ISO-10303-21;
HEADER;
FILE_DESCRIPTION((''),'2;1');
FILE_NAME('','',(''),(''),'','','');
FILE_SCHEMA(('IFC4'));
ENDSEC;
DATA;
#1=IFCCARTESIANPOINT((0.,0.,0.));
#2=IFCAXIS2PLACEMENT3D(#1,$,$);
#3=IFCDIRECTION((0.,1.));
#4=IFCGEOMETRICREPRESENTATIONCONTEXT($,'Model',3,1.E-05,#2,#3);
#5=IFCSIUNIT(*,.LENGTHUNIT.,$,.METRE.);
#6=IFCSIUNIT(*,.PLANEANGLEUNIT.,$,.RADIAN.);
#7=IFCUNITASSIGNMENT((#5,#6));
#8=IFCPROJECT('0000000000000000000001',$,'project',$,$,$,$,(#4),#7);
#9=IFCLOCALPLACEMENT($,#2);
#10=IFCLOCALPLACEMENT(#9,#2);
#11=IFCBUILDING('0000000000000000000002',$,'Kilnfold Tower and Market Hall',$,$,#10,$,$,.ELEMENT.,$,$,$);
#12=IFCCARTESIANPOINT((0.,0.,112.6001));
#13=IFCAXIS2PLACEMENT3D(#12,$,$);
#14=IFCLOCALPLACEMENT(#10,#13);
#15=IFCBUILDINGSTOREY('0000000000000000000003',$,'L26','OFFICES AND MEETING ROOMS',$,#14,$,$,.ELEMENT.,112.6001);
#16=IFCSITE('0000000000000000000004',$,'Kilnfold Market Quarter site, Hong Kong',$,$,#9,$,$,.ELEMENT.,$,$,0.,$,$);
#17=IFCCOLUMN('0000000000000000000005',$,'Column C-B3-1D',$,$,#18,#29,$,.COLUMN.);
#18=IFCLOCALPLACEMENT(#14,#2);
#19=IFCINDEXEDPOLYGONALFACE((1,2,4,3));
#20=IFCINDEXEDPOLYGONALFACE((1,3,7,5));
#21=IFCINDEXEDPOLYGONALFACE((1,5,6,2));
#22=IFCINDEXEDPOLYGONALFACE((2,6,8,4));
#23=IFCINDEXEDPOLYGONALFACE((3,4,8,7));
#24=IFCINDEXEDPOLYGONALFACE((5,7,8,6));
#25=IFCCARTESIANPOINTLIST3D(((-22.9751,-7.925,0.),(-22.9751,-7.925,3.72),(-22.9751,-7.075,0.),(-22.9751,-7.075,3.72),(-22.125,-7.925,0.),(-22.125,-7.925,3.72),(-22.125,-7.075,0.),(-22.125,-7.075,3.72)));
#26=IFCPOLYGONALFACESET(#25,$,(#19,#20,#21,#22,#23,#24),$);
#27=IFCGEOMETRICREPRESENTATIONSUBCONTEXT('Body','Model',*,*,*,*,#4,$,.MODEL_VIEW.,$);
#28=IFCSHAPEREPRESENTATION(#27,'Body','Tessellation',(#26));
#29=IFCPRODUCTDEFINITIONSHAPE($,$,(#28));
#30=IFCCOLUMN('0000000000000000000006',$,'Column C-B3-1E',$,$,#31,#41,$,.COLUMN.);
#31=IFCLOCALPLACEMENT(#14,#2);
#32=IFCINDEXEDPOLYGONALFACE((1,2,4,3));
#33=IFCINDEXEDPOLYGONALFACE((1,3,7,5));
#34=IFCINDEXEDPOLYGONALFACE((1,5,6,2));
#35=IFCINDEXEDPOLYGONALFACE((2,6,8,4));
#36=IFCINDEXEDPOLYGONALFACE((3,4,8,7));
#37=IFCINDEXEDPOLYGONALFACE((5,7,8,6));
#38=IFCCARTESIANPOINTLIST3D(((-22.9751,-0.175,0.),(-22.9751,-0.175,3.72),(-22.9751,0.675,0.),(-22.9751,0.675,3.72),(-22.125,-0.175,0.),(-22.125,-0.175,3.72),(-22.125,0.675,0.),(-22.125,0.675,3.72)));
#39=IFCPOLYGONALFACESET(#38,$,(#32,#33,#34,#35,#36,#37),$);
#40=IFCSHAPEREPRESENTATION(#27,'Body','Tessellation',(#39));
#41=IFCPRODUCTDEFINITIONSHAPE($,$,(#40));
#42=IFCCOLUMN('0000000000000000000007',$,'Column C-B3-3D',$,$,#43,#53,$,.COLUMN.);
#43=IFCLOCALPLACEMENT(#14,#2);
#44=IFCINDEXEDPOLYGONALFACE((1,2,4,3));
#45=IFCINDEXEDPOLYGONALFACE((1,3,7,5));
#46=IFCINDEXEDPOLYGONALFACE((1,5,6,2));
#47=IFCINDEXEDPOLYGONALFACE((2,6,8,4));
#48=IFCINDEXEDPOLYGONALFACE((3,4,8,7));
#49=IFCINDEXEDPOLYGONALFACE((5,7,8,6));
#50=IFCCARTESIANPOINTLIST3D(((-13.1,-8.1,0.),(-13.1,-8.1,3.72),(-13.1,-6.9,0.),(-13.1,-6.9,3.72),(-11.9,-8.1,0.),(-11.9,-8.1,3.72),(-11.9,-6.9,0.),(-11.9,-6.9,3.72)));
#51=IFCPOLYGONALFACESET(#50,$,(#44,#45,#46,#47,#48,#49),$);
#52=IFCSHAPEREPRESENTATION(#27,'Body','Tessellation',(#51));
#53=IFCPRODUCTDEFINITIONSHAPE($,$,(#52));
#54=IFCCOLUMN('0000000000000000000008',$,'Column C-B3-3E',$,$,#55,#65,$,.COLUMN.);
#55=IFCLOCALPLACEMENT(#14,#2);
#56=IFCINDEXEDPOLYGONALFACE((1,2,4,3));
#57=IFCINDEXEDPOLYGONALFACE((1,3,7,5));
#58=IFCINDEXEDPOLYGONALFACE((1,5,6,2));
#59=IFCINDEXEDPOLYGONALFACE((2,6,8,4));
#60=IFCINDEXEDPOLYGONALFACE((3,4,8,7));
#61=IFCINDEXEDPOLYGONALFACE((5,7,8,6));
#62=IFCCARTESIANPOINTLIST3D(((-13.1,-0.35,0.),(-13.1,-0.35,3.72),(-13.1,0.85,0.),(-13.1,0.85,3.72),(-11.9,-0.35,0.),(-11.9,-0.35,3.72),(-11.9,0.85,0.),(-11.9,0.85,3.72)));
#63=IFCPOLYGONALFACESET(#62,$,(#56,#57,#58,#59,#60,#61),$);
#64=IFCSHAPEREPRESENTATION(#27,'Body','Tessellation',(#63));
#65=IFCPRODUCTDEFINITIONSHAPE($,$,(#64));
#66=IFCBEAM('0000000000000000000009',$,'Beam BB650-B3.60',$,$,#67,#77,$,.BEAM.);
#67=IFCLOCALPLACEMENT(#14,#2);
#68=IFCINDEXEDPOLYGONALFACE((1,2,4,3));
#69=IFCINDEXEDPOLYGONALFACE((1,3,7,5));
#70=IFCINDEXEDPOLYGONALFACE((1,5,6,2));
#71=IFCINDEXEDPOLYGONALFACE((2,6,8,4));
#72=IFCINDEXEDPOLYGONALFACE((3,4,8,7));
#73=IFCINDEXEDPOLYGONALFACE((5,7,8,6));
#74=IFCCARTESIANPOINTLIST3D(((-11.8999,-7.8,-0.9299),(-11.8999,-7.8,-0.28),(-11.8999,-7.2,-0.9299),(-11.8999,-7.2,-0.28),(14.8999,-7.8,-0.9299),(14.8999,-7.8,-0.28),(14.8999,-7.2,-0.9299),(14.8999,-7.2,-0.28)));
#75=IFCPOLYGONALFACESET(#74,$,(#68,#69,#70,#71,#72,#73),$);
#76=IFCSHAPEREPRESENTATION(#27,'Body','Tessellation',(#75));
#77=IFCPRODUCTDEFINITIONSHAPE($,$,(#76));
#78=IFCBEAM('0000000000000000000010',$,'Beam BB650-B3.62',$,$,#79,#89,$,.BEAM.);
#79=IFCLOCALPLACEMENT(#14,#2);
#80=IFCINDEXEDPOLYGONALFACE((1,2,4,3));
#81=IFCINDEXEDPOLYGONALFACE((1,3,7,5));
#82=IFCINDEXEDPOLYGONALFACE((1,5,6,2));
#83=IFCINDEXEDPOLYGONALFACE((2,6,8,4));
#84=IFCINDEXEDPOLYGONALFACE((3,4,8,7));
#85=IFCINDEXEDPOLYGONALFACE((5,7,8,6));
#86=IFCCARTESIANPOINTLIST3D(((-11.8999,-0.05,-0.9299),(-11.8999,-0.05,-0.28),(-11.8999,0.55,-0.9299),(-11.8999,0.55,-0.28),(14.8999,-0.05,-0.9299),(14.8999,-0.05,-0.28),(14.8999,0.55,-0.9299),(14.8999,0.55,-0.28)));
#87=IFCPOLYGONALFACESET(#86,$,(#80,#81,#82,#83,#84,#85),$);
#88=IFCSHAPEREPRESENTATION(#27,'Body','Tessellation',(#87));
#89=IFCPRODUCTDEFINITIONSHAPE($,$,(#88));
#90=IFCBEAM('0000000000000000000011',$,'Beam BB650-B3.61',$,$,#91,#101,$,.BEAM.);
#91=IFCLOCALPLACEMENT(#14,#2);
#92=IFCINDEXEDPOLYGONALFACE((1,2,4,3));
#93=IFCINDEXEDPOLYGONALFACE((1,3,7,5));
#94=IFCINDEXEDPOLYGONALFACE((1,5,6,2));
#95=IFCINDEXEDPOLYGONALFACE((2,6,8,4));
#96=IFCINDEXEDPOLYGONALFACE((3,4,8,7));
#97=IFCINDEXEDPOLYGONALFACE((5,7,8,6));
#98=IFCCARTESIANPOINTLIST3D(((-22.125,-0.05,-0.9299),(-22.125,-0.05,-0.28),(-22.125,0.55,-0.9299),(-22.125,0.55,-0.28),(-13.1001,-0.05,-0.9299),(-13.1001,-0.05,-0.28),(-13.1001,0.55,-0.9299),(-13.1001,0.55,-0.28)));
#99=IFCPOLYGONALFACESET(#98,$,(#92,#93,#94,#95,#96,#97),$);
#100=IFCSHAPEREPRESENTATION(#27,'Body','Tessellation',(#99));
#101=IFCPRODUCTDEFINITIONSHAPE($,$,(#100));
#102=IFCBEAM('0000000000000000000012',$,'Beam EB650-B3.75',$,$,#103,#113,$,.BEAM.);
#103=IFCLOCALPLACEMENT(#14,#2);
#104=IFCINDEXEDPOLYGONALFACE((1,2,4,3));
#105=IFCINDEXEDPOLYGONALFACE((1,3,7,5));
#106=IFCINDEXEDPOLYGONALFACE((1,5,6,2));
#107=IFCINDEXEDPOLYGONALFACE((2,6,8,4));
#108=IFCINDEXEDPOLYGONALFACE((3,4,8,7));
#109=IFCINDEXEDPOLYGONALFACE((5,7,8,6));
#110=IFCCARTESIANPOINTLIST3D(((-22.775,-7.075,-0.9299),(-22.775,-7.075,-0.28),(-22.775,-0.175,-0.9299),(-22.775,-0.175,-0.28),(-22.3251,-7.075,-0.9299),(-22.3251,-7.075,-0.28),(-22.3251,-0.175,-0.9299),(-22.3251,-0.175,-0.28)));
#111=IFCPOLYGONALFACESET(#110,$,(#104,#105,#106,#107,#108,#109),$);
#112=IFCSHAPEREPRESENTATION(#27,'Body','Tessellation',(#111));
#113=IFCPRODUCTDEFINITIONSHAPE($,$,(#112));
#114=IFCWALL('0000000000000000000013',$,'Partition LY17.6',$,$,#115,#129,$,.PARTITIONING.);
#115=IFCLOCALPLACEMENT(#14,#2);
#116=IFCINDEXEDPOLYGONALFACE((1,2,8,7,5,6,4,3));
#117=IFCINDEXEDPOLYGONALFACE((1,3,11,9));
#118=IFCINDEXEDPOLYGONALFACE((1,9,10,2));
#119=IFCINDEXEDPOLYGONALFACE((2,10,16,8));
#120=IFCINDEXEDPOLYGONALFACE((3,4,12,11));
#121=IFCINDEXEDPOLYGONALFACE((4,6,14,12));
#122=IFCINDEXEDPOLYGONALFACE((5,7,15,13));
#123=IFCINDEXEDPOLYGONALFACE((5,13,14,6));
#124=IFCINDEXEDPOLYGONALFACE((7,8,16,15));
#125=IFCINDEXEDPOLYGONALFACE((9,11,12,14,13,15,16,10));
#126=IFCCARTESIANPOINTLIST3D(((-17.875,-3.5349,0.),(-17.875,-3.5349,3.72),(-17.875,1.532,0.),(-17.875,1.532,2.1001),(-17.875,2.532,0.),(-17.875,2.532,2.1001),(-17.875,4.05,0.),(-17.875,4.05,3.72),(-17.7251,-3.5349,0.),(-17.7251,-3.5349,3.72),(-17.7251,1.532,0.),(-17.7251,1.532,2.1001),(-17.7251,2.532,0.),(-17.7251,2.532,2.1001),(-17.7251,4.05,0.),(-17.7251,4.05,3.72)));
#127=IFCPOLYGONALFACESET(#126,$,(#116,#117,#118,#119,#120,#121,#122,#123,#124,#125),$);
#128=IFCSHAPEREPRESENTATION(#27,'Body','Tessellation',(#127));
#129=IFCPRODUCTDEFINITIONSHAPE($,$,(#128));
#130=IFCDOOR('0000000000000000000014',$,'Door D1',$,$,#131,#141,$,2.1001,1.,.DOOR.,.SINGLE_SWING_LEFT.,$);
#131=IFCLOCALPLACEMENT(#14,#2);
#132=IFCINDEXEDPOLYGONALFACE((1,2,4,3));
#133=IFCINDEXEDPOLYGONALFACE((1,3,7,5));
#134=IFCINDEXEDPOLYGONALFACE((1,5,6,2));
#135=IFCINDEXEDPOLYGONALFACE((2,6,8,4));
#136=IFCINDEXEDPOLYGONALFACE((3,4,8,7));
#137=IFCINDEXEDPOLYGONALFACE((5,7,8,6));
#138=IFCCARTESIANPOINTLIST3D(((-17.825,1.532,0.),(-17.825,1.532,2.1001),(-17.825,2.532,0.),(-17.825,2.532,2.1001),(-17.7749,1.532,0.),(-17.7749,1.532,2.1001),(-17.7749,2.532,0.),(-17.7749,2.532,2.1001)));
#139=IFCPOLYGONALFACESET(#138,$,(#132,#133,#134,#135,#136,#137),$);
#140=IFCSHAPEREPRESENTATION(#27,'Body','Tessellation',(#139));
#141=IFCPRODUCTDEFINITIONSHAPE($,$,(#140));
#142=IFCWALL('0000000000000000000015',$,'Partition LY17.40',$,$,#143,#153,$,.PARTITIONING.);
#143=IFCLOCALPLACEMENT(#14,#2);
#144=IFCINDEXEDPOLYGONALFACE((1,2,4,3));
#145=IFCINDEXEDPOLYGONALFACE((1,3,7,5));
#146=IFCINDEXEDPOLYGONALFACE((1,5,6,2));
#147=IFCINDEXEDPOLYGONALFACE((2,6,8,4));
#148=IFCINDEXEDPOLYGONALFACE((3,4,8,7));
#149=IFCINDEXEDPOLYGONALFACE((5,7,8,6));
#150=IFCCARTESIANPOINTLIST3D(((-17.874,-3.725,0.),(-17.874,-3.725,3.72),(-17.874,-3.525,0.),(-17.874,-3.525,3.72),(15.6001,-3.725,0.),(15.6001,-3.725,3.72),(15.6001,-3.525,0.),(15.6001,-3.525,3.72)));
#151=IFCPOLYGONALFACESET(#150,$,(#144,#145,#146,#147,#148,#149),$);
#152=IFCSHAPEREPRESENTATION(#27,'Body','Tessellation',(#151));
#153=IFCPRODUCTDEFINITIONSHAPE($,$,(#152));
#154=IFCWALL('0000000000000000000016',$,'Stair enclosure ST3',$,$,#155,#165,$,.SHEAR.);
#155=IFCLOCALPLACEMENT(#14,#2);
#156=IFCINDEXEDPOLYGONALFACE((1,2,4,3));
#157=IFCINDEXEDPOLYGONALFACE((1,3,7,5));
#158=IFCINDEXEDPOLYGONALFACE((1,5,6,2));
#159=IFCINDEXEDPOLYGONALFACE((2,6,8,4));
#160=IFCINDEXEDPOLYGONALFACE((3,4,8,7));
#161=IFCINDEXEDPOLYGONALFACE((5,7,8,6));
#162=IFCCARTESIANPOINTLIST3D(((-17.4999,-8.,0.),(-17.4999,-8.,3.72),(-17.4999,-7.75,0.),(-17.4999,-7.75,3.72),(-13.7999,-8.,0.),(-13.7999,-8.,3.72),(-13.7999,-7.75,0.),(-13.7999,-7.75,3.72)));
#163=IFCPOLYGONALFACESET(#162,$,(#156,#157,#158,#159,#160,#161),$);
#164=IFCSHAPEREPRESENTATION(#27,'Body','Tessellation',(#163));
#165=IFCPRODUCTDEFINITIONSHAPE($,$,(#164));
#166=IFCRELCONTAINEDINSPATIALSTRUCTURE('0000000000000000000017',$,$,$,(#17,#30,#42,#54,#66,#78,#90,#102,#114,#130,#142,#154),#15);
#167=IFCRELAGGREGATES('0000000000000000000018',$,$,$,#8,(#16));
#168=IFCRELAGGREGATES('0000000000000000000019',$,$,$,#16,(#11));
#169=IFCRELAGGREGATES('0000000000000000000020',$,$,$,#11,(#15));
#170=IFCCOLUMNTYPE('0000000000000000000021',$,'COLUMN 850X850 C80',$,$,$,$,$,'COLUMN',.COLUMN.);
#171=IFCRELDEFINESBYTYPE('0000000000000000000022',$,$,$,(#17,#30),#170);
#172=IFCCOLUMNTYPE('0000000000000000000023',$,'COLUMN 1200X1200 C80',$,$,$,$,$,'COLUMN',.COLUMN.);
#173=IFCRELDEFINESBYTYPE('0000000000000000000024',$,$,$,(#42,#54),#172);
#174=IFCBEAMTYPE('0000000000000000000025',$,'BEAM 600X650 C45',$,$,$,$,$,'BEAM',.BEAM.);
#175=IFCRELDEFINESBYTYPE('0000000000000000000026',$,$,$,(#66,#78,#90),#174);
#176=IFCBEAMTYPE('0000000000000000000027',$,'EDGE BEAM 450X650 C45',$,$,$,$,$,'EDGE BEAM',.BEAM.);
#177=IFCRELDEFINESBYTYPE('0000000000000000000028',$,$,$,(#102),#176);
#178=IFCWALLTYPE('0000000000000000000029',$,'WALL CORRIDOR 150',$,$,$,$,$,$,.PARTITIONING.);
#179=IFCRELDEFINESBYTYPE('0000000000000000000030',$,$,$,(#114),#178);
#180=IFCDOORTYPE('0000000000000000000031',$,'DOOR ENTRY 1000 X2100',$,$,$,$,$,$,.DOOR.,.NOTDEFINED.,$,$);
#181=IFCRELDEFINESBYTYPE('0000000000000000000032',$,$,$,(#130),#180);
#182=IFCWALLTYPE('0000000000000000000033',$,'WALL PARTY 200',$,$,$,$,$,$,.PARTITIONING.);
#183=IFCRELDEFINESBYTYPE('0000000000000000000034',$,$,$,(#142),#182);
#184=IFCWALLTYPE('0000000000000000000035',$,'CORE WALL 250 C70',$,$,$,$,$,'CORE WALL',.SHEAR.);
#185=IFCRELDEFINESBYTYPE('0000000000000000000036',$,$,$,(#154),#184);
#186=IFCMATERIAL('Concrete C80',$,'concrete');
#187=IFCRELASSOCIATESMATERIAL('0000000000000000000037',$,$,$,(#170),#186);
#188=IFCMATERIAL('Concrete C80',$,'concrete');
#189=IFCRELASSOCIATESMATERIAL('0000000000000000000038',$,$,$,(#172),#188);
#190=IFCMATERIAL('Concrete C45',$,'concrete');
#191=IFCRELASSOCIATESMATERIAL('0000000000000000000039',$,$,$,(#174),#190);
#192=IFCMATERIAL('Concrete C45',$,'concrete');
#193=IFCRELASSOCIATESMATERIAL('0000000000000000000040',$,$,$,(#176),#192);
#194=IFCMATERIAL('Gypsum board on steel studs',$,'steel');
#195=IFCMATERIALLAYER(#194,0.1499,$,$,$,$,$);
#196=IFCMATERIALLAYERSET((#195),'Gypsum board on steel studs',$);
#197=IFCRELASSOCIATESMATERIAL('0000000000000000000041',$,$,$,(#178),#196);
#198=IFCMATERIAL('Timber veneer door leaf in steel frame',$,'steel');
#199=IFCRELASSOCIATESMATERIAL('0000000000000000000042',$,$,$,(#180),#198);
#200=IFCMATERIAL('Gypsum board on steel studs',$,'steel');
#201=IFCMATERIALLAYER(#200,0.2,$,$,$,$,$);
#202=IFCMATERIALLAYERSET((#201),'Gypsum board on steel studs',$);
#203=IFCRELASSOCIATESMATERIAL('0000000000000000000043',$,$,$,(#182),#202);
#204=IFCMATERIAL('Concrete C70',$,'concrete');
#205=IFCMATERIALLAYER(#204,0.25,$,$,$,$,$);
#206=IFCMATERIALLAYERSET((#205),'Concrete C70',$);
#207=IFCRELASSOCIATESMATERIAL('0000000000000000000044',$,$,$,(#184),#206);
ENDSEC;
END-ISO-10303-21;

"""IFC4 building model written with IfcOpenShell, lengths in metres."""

from ifc_helpers import new_model, si_unit, direction, frame, frame_2d, origin, origin_2d, place, context, subcontext, project, spatial, rectangle, extrude, source, transform, mapped, material, layer, layer_set, material_profile, profile_set, type_object, element, fill, save


model = new_model("IFC4")

# Units and contexts
model_context = context("Model", 3, precision=1e-05, world=origin(), true_north=direction((0.0, 1.0)))
body_context = subcontext(model_context, "Body", "Model", "MODEL_VIEW")
ifc_project = project(units=[si_unit("LENGTHUNIT", "METRE"), si_unit("PLANEANGLEUNIT", "RADIAN")], contexts=[model_context])

# Site, building, storey
site_placement = place(None, origin())
site = spatial("IfcSite", under=ifc_project, at=site_placement, Name="Kilnfold Market Quarter site, Hong Kong", CompositionType="ELEMENT", RefElevation=0.0)
building_placement = place(site_placement, origin())
building = spatial("IfcBuilding", under=site, at=building_placement, Name="Kilnfold Tower and Market Hall", CompositionType="ELEMENT")
storey_placement = place(building_placement, frame((0.0, 0.0, 112.6001)))
storey = spatial("IfcBuildingStorey", under=building, at=storey_placement, Name="L26", Description="OFFICES AND MEETING ROOMS", CompositionType="ELEMENT", Elevation=112.6001)

# Columns
ifc_material_1 = material(Name="Concrete C80", Category="concrete")
ifc_material_profile_1 = material_profile(ifc_material_1, rectangle(XDim=0.8501, YDim=0.8501, at=origin_2d()), Name="RC 850x850")
ifc_profile_set_1 = profile_set([ifc_material_profile_1], Name="Concrete C80")
column_type_1 = type_object("IfcColumnType", Name="COLUMN 850X850 C80", ElementType="COLUMN", PredefinedType="COLUMN", material=ifc_profile_set_1)
shared_shape_1 = source(origin(), body_context, "Body", "SweptSolid", [
    extrude(rectangle(XDim=0.8501, YDim=0.8501, at=origin_2d()), origin(), (0.0, 0.0, 1.0), 3.72),
])
for number, where, z_axis, x_axis, name in (
    (1, (-22.55, -7.5, 0.0), (0.0, 0.0, 1.0), (1.0, 0.0, 0.0), "Column C-B3-1D"),
    (2, (-22.55, 0.25, 0.0), (0.0, 0.0, 1.0), (1.0, 0.0, 0.0), "Column C-B3-1E"),
):
    element("IfcColumn", number, at=place(storey_placement, frame(where, z_axis=z_axis, x_axis=x_axis)), inside=storey, type_object=column_type_1, Name=name, PredefinedType="COLUMN", context=body_context, shape_type="MappedRepresentation", body=[
        mapped(shared_shape_1, transform((0.0, 0.0, 0.0))),
    ])
ifc_material_2 = material(Name="Concrete C80", Category="concrete")
ifc_material_profile_2 = material_profile(ifc_material_2, rectangle(XDim=1.2, YDim=1.2, at=origin_2d()), Name="RC 1200x1200")
ifc_profile_set_2 = profile_set([ifc_material_profile_2], Name="Concrete C80")
column_type_2 = type_object("IfcColumnType", Name="COLUMN 1200X1200 C80", ElementType="COLUMN", PredefinedType="COLUMN", material=ifc_profile_set_2)
shared_shape_2 = source(origin(), body_context, "Body", "SweptSolid", [
    extrude(rectangle(XDim=1.2, YDim=1.2, at=origin_2d()), origin(), (0.0, 0.0, 1.0), 3.72),
])
for number, where, z_axis, x_axis, name in (
    (3, (-12.5, -7.5, 0.0), (0.0, 0.0, 1.0), (1.0, 0.0, 0.0), "Column C-B3-3D"),
    (4, (-12.5, 0.25, 0.0), (0.0, 0.0, 1.0), (1.0, 0.0, 0.0), "Column C-B3-3E"),
):
    element("IfcColumn", number, at=place(storey_placement, frame(where, z_axis=z_axis, x_axis=x_axis)), inside=storey, type_object=column_type_2, Name=name, PredefinedType="COLUMN", context=body_context, shape_type="MappedRepresentation", body=[
        mapped(shared_shape_2, transform((0.0, 0.0, 0.0))),
    ])

# Beams
ifc_material_3 = material(Name="Concrete C45", Category="concrete")
ifc_material_profile_3 = material_profile(ifc_material_3, rectangle(XDim=0.6001, YDim=0.6499, at=origin_2d()), Name="RC 600x650")
ifc_profile_set_3 = profile_set([ifc_material_profile_3], Name="Concrete C45")
beam_type_1 = type_object("IfcBeamType", Name="BEAM 600X650 C45", ElementType="BEAM", PredefinedType="BEAM", material=ifc_profile_set_3)
shared_shape_3 = source(origin(), body_context, "Body", "SweptSolid", [
    extrude(rectangle(XDim=0.6001, YDim=0.6499, at=origin_2d()), origin(), (0.0, 0.0, 1.0), 26.7998),
])
for number, where, z_axis, x_axis, name in (
    (5, (-11.8999, -7.5, -0.605), (1.0, 0.0, 0.0), (0.0, 1.0, 0.0), "Beam BB650-B3.60"),
    (6, (-11.8999, 0.25, -0.605), (1.0, 0.0, 0.0), (0.0, 1.0, 0.0), "Beam BB650-B3.62"),
):
    element("IfcBeam", number, at=place(storey_placement, frame(where, z_axis=z_axis, x_axis=x_axis)), inside=storey, type_object=beam_type_1, Name=name, PredefinedType="BEAM", context=body_context, shape_type="MappedRepresentation", body=[
        mapped(shared_shape_3, transform((0.0, 0.0, 0.0))),
    ])
shared_shape_4 = source(origin(), body_context, "Body", "SweptSolid", [
    extrude(rectangle(XDim=0.6001, YDim=0.6499, at=origin_2d()), origin(), (0.0, 0.0, 1.0), 9.0249),
])
beam_1_placement = place(storey_placement, frame((-22.125, 0.25, -0.605), z_axis=(1.0, 0.0, 0.0), x_axis=(0.0, 1.0, 0.0)))
element("IfcBeam", 7, at=beam_1_placement, inside=storey, type_object=beam_type_1, Name="Beam BB650-B3.61", PredefinedType="BEAM", context=body_context, shape_type="MappedRepresentation", body=[
    mapped(shared_shape_4, transform((0.0, 0.0, 0.0))),
])
ifc_material_4 = material(Name="Concrete C45", Category="concrete")
ifc_material_profile_4 = material_profile(ifc_material_4, rectangle(XDim=0.45, YDim=0.6499, at=origin_2d()), Name="RC 450x650")
ifc_profile_set_4 = profile_set([ifc_material_profile_4], Name="Concrete C45")
beam_type_2 = type_object("IfcBeamType", Name="EDGE BEAM 450X650 C45", ElementType="EDGE BEAM", PredefinedType="BEAM", material=ifc_profile_set_4)
shared_shape_5 = source(origin(), body_context, "Body", "SweptSolid", [
    extrude(rectangle(XDim=0.45, YDim=0.6499, at=origin_2d()), origin(), (0.0, 0.0, 1.0), 6.8999),
])
beam_2_placement = place(storey_placement, frame((-22.55, -7.075, -0.605), z_axis=(0.0, 1.0, 0.0), x_axis=(-1.0, 0.0, 0.0)))
element("IfcBeam", 8, at=beam_2_placement, inside=storey, type_object=beam_type_2, Name="Beam EB650-B3.75", PredefinedType="BEAM", context=body_context, shape_type="MappedRepresentation", body=[
    mapped(shared_shape_5, transform((0.0, 0.0, 0.0))),
])

# Wall, opening, door
ifc_material_5 = material(Name="Gypsum board on steel studs", Category="steel")
ifc_layer_1 = layer(ifc_material_5, 0.1499)
ifc_layer_set_1 = layer_set([ifc_layer_1], Name="Gypsum board on steel studs")
wall_type_1 = type_object("IfcWallType", Name="WALL CORRIDOR 150", PredefinedType="PARTITIONING", material=ifc_layer_set_1)
wall_1_placement = place(storey_placement, frame((-17.8, -3.5349, 0.0), z_axis=(0.0, 0.0, 1.0), x_axis=(0.0, 1.0, 0.0)))
wall_1 = element("IfcWall", 9, at=wall_1_placement, inside=storey, type_object=wall_type_1, Name="Partition LY17.6", PredefinedType="PARTITIONING", context=body_context, shape_type="SweptSolid", body=[
    extrude(rectangle(XDim=7.585, YDim=0.1499, at=frame_2d((3.7925, 0.0))), origin(), (0.0, 0.0, 1.0), 3.72),
])
opening_1_placement = place(wall_1_placement, frame((5.0669, 0.0, 0.0)))
opening_1 = element("IfcOpeningElement", 10, at=opening_1_placement, cuts=wall_1, PredefinedType="OPENING", context=body_context, shape_type="SweptSolid", body=[
    extrude(rectangle(XDim=1.0, YDim=2.1001, at=frame_2d((0.5, 1.05))), frame((0.0, 0.085, 0.0), z_axis=(0.0, -1.0, 0.0), x_axis=(1.0, 0.0, 0.0)), (0.0, 0.0, 1.0), 0.1699),
])
ifc_material_6 = material(Name="Timber veneer door leaf in steel frame", Category="steel")
door_type = type_object("IfcDoorType", Name="DOOR ENTRY 1000 X2100", OperationType="NOTDEFINED", PredefinedType="DOOR", material=ifc_material_6)
door_placement = place(opening_1_placement, origin())
door = element("IfcDoor", 11, at=door_placement, inside=storey, type_object=door_type, Name="Door D1", OperationType="SINGLE_SWING_LEFT", OverallHeight=2.1001, OverallWidth=1.0, PredefinedType="DOOR", context=body_context, shape_type="SweptSolid", body=[
    extrude(rectangle(XDim=1.0, YDim=2.1001, at=frame_2d((0.5, 1.05))), frame((0.0, 0.0249, 0.0), z_axis=(0.0, -1.0, 0.0), x_axis=(1.0, 0.0, 0.0)), (0.0, 0.0, 1.0), 0.05),
])
fill(opening_1, door)

# Walls
ifc_material_7 = material(Name="Gypsum board on steel studs", Category="steel")
ifc_layer_2 = layer(ifc_material_7, 0.2)
ifc_layer_set_2 = layer_set([ifc_layer_2], Name="Gypsum board on steel studs")
wall_type_2 = type_object("IfcWallType", Name="WALL PARTY 200", PredefinedType="PARTITIONING", material=ifc_layer_set_2)
wall_2_placement = place(storey_placement, frame((-17.874, -3.625, 0.0), z_axis=(0.0, 0.0, 1.0), x_axis=(1.0, 0.0, 0.0)))
element("IfcWall", 12, at=wall_2_placement, inside=storey, type_object=wall_type_2, Name="Partition LY17.40", PredefinedType="PARTITIONING", context=body_context, shape_type="SweptSolid", body=[
    extrude(rectangle(XDim=33.4741, YDim=0.2, at=frame_2d((16.7371, 0.0))), origin(), (0.0, 0.0, 1.0), 3.72),
])
ifc_material_8 = material(Name="Concrete C70", Category="concrete")
ifc_layer_3 = layer(ifc_material_8, 0.25)
ifc_layer_set_3 = layer_set([ifc_layer_3], Name="Concrete C70")
wall_type_3 = type_object("IfcWallType", Name="CORE WALL 250 C70", ElementType="CORE WALL", PredefinedType="SHEAR", material=ifc_layer_set_3)
shared_shape_6 = source(origin(), body_context, "Body", "SweptSolid", [
    extrude(rectangle(XDim=3.7, YDim=0.25, at=frame_2d((1.8501, 0.0))), origin(), (0.0, 0.0, 1.0), 3.72),
])
wall_3_placement = place(storey_placement, frame((-17.5, -7.875, 0.0), z_axis=(0.0, 0.0, 1.0), x_axis=(1.0, 0.0, 0.0)))
element("IfcWall", 13, at=wall_3_placement, inside=storey, type_object=wall_type_3, Name="Stair enclosure ST3", PredefinedType="SHEAR", context=body_context, shape_type="MappedRepresentation", body=[
    mapped(shared_shape_6, transform((0.0, 0.0, 0.0))),
])

save(model, "model.ifc")
